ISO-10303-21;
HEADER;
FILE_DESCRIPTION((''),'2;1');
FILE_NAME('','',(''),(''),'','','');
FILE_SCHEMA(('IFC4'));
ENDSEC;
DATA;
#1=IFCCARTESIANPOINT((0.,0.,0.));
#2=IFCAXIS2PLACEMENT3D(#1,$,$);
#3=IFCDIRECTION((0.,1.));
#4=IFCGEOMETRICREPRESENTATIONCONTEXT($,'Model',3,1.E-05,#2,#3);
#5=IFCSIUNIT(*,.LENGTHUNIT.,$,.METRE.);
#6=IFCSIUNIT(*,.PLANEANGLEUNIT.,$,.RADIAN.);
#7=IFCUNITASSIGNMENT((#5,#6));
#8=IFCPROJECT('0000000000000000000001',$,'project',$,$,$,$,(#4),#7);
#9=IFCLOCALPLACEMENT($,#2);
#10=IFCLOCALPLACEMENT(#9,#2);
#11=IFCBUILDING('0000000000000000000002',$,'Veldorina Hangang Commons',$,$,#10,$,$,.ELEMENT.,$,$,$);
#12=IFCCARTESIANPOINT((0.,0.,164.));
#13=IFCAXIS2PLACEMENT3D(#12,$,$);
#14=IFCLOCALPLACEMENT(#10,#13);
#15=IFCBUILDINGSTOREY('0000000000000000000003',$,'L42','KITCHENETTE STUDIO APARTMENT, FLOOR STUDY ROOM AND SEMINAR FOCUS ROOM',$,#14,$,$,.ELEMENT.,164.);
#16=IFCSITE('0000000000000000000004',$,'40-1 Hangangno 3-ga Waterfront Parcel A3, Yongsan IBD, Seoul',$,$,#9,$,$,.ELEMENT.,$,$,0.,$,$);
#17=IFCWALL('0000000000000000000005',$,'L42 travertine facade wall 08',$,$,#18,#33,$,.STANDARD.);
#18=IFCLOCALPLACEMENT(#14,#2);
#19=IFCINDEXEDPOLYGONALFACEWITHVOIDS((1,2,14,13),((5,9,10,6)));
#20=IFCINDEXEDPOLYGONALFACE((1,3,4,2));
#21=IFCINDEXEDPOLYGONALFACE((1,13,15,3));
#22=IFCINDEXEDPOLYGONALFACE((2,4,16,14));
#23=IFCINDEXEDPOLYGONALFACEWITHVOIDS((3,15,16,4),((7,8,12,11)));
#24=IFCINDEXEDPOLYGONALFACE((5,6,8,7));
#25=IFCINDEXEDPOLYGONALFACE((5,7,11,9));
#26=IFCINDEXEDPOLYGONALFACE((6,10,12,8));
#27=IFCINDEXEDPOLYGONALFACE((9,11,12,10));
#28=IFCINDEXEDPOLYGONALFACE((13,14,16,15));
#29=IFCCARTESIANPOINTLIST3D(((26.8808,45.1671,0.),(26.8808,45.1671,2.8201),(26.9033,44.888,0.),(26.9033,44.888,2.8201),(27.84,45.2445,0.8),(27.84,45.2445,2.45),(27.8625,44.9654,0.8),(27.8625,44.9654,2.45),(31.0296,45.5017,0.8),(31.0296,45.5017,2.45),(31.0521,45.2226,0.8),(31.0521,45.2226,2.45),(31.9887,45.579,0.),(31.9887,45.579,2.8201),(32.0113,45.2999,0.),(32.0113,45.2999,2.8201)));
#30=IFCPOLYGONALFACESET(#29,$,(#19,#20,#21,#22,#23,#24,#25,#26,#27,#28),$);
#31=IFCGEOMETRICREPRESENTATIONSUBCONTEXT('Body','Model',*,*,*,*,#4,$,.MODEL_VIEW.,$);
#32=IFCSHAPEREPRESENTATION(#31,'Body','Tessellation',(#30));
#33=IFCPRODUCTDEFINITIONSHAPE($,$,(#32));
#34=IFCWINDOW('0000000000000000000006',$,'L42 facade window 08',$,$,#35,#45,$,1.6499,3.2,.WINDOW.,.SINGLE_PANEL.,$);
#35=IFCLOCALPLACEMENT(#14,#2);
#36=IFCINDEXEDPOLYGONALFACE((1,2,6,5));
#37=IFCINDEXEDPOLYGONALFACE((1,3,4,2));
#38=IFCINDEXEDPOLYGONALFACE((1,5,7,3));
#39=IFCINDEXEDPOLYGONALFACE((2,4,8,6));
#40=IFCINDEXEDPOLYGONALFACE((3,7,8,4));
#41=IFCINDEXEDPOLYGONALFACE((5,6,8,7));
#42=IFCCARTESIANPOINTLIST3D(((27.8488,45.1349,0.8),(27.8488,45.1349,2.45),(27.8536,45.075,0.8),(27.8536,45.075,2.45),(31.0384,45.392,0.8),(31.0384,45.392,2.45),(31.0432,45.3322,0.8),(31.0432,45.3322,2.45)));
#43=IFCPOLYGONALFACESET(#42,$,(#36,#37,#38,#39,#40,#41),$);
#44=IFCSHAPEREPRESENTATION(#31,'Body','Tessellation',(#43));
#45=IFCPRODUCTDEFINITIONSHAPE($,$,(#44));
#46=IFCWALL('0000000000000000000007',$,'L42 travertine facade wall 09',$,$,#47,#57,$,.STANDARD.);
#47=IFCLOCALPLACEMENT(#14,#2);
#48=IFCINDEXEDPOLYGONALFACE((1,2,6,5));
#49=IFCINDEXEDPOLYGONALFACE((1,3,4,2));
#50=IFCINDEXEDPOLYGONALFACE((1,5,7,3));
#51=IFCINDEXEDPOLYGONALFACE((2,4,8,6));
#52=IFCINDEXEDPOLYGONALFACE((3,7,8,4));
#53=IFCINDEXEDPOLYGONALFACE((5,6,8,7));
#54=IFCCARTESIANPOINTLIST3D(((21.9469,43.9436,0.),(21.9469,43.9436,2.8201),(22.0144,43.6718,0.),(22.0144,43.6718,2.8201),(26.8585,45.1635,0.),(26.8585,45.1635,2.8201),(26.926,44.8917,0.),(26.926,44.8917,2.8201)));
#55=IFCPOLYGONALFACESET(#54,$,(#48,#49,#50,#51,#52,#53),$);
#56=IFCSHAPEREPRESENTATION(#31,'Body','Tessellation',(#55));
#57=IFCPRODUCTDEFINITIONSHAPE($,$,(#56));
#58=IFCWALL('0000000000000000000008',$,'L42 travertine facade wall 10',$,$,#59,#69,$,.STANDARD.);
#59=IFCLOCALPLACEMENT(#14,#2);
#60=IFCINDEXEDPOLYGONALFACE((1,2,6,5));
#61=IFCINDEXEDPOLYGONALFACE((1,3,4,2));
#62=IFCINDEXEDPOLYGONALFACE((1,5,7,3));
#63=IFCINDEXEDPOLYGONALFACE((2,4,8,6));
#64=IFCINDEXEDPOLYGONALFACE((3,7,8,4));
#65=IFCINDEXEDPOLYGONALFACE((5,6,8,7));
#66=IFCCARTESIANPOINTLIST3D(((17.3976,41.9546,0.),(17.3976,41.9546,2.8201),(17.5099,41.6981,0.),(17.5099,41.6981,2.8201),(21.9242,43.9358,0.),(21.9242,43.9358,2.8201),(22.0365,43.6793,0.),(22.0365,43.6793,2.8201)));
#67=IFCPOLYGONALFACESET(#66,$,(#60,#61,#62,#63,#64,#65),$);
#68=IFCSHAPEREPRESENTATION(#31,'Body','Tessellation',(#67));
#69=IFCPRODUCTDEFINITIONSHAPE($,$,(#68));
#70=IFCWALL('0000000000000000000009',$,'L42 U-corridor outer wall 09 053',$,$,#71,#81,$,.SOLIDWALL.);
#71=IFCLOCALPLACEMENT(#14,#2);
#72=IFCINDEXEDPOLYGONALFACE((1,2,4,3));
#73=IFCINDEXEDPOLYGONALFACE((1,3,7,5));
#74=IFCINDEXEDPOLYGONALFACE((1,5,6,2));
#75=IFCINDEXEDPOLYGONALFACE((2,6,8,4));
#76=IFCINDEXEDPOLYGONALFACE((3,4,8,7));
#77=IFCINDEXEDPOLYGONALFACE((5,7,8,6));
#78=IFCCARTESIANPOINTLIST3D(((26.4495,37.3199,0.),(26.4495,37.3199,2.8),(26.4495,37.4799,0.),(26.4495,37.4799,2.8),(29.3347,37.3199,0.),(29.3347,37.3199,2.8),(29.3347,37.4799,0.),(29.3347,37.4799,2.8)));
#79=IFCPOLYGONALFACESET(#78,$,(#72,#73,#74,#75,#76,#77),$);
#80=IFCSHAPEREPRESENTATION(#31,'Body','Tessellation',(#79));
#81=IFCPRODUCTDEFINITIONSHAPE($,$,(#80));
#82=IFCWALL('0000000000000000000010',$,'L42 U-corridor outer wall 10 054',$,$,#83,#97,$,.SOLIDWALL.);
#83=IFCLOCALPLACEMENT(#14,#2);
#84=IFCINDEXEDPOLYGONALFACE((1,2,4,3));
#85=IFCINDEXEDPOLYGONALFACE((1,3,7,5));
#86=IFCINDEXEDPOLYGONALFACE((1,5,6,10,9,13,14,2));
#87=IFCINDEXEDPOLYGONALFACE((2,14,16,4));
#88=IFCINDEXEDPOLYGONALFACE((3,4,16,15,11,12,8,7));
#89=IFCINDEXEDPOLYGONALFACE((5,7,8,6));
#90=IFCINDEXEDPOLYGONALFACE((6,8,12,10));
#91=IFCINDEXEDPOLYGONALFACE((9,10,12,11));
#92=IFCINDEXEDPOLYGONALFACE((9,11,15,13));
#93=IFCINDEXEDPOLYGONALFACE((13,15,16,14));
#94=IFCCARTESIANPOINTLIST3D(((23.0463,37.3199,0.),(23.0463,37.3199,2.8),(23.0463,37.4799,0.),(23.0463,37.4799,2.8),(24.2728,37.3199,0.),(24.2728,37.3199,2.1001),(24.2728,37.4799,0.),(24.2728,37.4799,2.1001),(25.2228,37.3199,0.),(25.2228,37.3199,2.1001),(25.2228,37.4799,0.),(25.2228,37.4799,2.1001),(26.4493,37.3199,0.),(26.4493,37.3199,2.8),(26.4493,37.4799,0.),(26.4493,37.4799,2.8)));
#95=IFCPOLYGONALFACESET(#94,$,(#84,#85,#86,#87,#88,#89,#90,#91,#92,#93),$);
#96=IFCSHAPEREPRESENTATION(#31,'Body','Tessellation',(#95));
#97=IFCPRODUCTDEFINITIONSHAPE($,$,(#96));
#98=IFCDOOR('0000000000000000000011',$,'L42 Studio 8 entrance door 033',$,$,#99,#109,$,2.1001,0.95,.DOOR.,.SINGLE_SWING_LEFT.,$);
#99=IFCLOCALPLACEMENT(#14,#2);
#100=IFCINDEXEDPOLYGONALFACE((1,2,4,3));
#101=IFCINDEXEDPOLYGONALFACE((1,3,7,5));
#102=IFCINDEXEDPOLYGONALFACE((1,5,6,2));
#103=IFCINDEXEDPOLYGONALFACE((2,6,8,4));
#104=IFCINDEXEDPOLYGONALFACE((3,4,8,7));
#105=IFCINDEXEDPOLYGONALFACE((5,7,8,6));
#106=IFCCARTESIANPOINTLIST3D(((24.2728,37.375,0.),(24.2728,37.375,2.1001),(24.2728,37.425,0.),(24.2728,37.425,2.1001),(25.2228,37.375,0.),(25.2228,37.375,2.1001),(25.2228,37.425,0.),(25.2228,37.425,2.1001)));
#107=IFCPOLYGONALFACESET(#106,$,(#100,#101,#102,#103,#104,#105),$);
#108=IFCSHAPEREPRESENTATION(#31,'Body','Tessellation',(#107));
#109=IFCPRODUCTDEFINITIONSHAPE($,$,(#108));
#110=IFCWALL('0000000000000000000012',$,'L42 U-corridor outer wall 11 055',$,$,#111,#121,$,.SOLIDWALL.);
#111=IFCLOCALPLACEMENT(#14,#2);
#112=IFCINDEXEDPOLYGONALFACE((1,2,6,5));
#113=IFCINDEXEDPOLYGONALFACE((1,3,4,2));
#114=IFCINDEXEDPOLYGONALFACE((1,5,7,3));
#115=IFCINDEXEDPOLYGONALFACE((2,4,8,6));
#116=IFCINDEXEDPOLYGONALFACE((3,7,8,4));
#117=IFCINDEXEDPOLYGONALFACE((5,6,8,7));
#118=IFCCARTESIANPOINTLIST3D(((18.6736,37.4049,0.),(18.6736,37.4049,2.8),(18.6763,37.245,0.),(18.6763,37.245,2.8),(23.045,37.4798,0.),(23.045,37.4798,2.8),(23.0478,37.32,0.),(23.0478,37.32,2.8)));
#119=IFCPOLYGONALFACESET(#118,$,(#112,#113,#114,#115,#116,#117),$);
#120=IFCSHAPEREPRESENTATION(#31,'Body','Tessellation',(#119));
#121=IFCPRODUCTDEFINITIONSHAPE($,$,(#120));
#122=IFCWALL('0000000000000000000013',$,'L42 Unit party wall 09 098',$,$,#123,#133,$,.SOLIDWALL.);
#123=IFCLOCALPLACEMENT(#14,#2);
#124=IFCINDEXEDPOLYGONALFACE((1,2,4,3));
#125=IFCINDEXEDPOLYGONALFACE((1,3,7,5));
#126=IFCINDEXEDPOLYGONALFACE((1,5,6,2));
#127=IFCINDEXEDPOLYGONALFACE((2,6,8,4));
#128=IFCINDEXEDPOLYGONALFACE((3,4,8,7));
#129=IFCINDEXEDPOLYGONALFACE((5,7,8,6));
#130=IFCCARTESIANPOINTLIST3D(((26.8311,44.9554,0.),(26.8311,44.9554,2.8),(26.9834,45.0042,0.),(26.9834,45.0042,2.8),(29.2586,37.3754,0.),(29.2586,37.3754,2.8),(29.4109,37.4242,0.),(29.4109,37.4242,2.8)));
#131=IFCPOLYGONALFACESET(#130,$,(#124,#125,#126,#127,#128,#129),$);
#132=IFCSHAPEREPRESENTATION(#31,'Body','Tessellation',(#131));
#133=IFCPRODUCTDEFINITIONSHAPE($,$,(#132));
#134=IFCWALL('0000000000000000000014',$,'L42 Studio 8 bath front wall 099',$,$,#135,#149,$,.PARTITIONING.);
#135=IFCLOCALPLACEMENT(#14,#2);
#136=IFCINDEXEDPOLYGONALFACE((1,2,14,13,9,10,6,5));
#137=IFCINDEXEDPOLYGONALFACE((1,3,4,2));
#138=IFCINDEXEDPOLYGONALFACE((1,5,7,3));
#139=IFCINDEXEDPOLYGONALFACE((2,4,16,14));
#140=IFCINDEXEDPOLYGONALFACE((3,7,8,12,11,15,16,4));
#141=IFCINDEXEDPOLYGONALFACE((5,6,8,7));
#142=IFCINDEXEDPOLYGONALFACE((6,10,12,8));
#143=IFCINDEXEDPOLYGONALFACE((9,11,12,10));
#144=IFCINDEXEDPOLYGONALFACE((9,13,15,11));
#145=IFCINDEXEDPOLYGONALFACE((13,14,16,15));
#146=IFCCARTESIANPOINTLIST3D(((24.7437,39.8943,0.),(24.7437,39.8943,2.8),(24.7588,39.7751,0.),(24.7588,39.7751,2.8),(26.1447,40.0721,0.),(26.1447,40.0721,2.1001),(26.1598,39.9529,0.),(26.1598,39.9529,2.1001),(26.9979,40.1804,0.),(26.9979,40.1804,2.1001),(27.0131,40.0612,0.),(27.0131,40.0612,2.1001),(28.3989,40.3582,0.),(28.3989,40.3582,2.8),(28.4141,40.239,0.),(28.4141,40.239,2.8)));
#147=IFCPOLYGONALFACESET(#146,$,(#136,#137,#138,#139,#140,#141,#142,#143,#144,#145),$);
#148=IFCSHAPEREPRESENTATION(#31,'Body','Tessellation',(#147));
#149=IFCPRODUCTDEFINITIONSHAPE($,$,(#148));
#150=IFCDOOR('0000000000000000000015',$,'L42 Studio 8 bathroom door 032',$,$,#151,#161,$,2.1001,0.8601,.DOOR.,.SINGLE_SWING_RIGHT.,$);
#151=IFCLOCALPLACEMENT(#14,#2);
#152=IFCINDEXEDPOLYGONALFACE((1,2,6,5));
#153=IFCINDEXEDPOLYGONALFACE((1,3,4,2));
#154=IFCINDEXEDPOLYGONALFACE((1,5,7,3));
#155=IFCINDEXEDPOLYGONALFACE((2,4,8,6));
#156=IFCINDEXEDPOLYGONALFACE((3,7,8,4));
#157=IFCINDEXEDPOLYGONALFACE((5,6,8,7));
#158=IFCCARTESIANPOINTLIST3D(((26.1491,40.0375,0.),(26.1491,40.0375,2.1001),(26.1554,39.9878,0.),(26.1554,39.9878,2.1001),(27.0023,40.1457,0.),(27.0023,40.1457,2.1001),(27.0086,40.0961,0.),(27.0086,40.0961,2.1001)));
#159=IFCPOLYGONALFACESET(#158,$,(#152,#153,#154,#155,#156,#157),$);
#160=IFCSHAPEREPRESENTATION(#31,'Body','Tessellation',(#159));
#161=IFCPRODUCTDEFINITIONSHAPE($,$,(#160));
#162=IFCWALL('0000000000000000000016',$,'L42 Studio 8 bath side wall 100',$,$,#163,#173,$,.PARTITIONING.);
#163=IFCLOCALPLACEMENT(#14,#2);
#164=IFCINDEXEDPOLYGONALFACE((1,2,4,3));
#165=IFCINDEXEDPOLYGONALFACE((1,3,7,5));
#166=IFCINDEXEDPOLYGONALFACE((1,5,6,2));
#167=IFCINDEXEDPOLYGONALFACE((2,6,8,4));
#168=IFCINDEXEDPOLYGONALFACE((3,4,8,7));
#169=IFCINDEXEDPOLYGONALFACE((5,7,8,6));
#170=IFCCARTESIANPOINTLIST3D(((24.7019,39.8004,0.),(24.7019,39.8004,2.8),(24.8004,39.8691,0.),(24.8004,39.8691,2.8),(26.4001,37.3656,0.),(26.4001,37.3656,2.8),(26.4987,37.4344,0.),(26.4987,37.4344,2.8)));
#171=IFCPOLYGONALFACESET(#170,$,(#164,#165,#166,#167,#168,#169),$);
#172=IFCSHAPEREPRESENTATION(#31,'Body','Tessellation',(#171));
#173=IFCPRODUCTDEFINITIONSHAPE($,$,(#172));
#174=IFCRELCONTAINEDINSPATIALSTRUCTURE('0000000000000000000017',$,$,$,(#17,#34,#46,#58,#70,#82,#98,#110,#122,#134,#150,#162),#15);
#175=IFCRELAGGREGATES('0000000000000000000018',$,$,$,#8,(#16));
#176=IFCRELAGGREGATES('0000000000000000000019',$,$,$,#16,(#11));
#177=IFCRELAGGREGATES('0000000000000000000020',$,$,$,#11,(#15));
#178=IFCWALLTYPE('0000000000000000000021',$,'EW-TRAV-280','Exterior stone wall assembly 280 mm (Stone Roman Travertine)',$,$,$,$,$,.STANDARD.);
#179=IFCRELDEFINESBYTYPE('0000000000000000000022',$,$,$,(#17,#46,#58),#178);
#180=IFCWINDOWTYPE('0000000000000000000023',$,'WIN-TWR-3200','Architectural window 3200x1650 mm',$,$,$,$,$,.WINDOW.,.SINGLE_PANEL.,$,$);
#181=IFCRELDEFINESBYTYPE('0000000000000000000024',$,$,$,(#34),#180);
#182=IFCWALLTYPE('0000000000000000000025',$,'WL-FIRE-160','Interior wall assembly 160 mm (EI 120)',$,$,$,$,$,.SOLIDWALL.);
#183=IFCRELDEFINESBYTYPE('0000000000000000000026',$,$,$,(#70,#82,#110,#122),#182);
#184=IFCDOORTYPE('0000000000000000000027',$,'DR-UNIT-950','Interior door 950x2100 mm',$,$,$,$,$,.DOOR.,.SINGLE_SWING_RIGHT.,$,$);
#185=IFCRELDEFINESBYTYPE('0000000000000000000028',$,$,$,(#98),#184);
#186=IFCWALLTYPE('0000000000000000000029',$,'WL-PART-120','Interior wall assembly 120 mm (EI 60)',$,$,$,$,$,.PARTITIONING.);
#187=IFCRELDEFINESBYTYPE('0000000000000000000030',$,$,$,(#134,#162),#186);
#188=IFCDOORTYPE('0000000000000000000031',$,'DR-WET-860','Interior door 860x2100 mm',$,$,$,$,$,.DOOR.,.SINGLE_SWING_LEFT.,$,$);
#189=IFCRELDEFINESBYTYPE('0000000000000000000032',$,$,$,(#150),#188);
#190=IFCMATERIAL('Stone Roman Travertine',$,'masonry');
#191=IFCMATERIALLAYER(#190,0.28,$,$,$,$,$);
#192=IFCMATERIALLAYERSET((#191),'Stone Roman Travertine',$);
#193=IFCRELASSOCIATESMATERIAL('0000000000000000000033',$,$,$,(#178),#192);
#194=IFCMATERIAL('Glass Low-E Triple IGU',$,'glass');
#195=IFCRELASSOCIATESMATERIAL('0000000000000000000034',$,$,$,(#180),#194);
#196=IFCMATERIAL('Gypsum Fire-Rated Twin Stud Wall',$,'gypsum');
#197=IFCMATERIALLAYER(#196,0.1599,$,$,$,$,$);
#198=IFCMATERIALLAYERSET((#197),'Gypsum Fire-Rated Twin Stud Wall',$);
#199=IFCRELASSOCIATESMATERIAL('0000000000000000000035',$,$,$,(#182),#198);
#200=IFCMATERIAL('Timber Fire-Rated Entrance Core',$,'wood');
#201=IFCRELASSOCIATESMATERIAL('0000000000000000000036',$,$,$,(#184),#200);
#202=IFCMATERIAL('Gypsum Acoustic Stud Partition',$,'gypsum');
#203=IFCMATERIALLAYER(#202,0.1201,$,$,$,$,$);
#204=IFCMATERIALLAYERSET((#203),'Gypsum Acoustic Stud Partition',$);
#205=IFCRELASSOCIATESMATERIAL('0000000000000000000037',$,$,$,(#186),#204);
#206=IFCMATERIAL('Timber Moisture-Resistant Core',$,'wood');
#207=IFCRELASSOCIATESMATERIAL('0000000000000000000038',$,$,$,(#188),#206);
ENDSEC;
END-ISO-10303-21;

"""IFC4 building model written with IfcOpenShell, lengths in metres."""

from ifc_helpers import new_model, si_unit, direction, frame, frame_2d, origin, place, context, subcontext, project, spatial, rectangle, extrude, material, layer, layer_set, type_object, element, fill, save


model = new_model("IFC4")

# Units and contexts
model_context = context("Model", 3, precision=1e-05, world=origin(), true_north=direction((0.0, 1.0)))
body_context = subcontext(model_context, "Body", "Model", "MODEL_VIEW")
ifc_project = project(units=[si_unit("LENGTHUNIT", "METRE"), si_unit("PLANEANGLEUNIT", "RADIAN")], contexts=[model_context])

# Site, building, storey
site_placement = place(None, origin())
site = spatial("IfcSite", under=ifc_project, at=site_placement, Name="40-1 Hangangno 3-ga Waterfront Parcel A3, Yongsan IBD, Seoul", CompositionType="ELEMENT", RefElevation=0.0)
building_placement = place(site_placement, origin())
building = spatial("IfcBuilding", under=site, at=building_placement, Name="Veldorina Hangang Commons", CompositionType="ELEMENT")
storey_placement = place(building_placement, frame((0.0, 0.0, 164.0)))
storey = spatial("IfcBuildingStorey", under=building, at=storey_placement, Name="L42", Description="KITCHENETTE STUDIO APARTMENT, FLOOR STUDY ROOM AND SEMINAR FOCUS ROOM", CompositionType="ELEMENT", Elevation=164.0)

# Wall, opening, window
ifc_material_1 = material(Name="Stone Roman Travertine", Category="masonry")
ifc_layer_1 = layer(ifc_material_1, 0.28)
ifc_layer_set_1 = layer_set([ifc_layer_1], Name="Stone Roman Travertine")
wall_type_1 = type_object("IfcWallType", Name="EW-TRAV-280", Description="Exterior stone wall assembly 280 mm (Stone Roman Travertine)", PredefinedType="STANDARD", material=ifc_layer_set_1)
wall_1_placement = place(storey_placement, frame((32.0, 45.4395, 0.0), z_axis=(0.0, 0.0, 1.0), x_axis=(-0.996765, -0.080372, 0.0)))
wall_1 = element("IfcWall", 1, at=wall_1_placement, inside=storey, type_object=wall_type_1, Name="L42 travertine facade wall 08", PredefinedType="STANDARD", context=body_context, shape_type="SweptSolid", body=[
    extrude(rectangle(XDim=5.1245, YDim=0.28, at=frame_2d((2.5623, 0.0))), origin(), (0.0, 0.0, 1.0), 2.8201),
])
opening_1_placement = place(wall_1_placement, frame((0.9622, 0.0, 0.8)))
opening_1 = element("IfcOpeningElement", 2, at=opening_1_placement, cuts=wall_1, PredefinedType="OPENING", context=body_context, shape_type="SweptSolid", body=[
    extrude(rectangle(XDim=3.2, YDim=1.6499, at=frame_2d((1.6001, 0.825))), frame((0.0, 0.1499, 0.0), z_axis=(0.0, -1.0, 0.0), x_axis=(1.0, 0.0, 0.0)), (0.0, 0.0, 1.0), 0.3),
])
ifc_material_2 = material(Name="Glass Low-E Triple IGU", Category="glass")
window_type = type_object("IfcWindowType", Name="WIN-TWR-3200", Description="Architectural window 3200x1650 mm", PartitioningType="SINGLE_PANEL", PredefinedType="WINDOW", material=ifc_material_2)
window_placement = place(opening_1_placement, origin())
window = element("IfcWindow", 3, at=window_placement, inside=storey, type_object=window_type, Name="L42 facade window 08", OverallHeight=1.6499, OverallWidth=3.2, PartitioningType="SINGLE_PANEL", PredefinedType="WINDOW", context=body_context, shape_type="SweptSolid", body=[
    extrude(rectangle(XDim=3.2, YDim=1.6499, at=frame_2d((1.6001, 0.825))), frame((0.0, 0.03, 0.0), z_axis=(0.0, -1.0, 0.0), x_axis=(1.0, 0.0, 0.0)), (0.0, 0.0, 1.0), 0.0601),
])
fill(opening_1, window)

# Walls
wall_2_placement = place(storey_placement, frame((26.8921, 45.0276, 0.0), z_axis=(0.0, 0.0, 1.0), x_axis=(-0.97051, -0.24106, 0.0)))
element("IfcWall", 4, at=wall_2_placement, inside=storey, type_object=wall_type_1, Name="L42 travertine facade wall 09", PredefinedType="STANDARD", context=body_context, shape_type="SweptSolid", body=[
    extrude(rectangle(XDim=5.0608, YDim=0.28, at=frame_2d((2.5303, 0.0))), origin(), (0.0, 0.0, 1.0), 2.8201),
])
wall_3_placement = place(storey_placement, frame((21.9805, 43.8076, 0.0), z_axis=(0.0, 0.0, 1.0), x_axis=(-0.916097, -0.400956, 0.0)))
element("IfcWall", 5, at=wall_3_placement, inside=storey, type_object=wall_type_1, Name="L42 travertine facade wall 10", PredefinedType="STANDARD", context=body_context, shape_type="SweptSolid", body=[
    extrude(rectangle(XDim=4.9412, YDim=0.28, at=frame_2d((2.4707, 0.0))), origin(), (0.0, 0.0, 1.0), 2.8201),
])
ifc_material_3 = material(Name="Gypsum Fire-Rated Twin Stud Wall", Category="gypsum")
ifc_layer_2 = layer(ifc_material_3, 0.1599)
ifc_layer_set_2 = layer_set([ifc_layer_2], Name="Gypsum Fire-Rated Twin Stud Wall")
wall_type_2 = type_object("IfcWallType", Name="WL-FIRE-160", Description="Interior wall assembly 160 mm (EI 120)", PredefinedType="SOLIDWALL", material=ifc_layer_set_2)
wall_4_placement = place(storey_placement, frame((29.3347, 37.3999, 0.0), z_axis=(0.0, 0.0, 1.0), x_axis=(-1.0, 0.0, 0.0)))
element("IfcWall", 6, at=wall_4_placement, inside=storey, type_object=wall_type_2, Name="L42 U-corridor outer wall 09 053", PredefinedType="SOLIDWALL", context=body_context, shape_type="SweptSolid", body=[
    extrude(rectangle(XDim=2.8853, YDim=0.1599, at=frame_2d((1.4426, 0.0))), origin(), (0.0, 0.0, 1.0), 2.8),
])

# Wall, opening, door
wall_5_placement = place(storey_placement, frame((26.4495, 37.3999, 0.0), z_axis=(0.0, 0.0, 1.0), x_axis=(-1.0, 0.0, 0.0)))
wall_5 = element("IfcWall", 7, at=wall_5_placement, inside=storey, type_object=wall_type_2, Name="L42 U-corridor outer wall 10 054", PredefinedType="SOLIDWALL", context=body_context, shape_type="SweptSolid", body=[
    extrude(rectangle(XDim=3.4031, YDim=0.1599, at=frame_2d((1.7017, 0.0))), origin(), (0.0, 0.0, 1.0), 2.8),
])
opening_2_placement = place(wall_5_placement, frame((1.2266, 0.0, 0.0)))
opening_2 = element("IfcOpeningElement", 8, at=opening_2_placement, cuts=wall_5, PredefinedType="OPENING", context=body_context, shape_type="SweptSolid", body=[
    extrude(rectangle(XDim=0.95, YDim=2.1001, at=frame_2d((0.4751, 1.05))), frame((0.0, 0.0898, 0.0), z_axis=(0.0, -1.0, 0.0), x_axis=(1.0, 0.0, 0.0)), (0.0, 0.0, 1.0), 0.1799),
])
ifc_material_4 = material(Name="Timber Fire-Rated Entrance Core", Category="wood")
door_type_1 = type_object("IfcDoorType", Name="DR-UNIT-950", Description="Interior door 950x2100 mm", OperationType="SINGLE_SWING_RIGHT", PredefinedType="DOOR", material=ifc_material_4)
door_1_placement = place(opening_2_placement, origin())
door_1 = element("IfcDoor", 9, at=door_1_placement, inside=storey, type_object=door_type_1, Name="L42 Studio 8 entrance door 033", OperationType="SINGLE_SWING_LEFT", OverallHeight=2.1001, OverallWidth=0.95, PredefinedType="DOOR", context=body_context, shape_type="SweptSolid", body=[
    extrude(rectangle(XDim=0.95, YDim=2.1001, at=frame_2d((0.4751, 1.05))), frame((0.0, 0.0249, 0.0), z_axis=(0.0, -1.0, 0.0), x_axis=(1.0, 0.0, 0.0)), (0.0, 0.0, 1.0), 0.05),
])
fill(opening_2, door_1)

# Walls
wall_6_placement = place(storey_placement, frame((23.0464, 37.3999, 0.0), z_axis=(0.0, 0.0, 1.0), x_axis=(-0.999853, -0.017144, 0.0)))
element("IfcWall", 10, at=wall_6_placement, inside=storey, type_object=wall_type_2, Name="L42 U-corridor outer wall 11 055", PredefinedType="SOLIDWALL", context=body_context, shape_type="SweptSolid", body=[
    extrude(rectangle(XDim=4.3721, YDim=0.1599, at=frame_2d((2.186, 0.0))), origin(), (0.0, 0.0, 1.0), 2.8),
])
wall_7_placement = place(storey_placement, frame((29.3347, 37.3999, 0.0), z_axis=(0.0, 0.0, 1.0), x_axis=(-0.304988, 0.952356, 0.0)))
element("IfcWall", 11, at=wall_7_placement, inside=storey, type_object=wall_type_2, Name="L42 Unit party wall 09 098", PredefinedType="SOLIDWALL", context=body_context, shape_type="SweptSolid", body=[
    extrude(rectangle(XDim=7.9592, YDim=0.1599, at=frame_2d((3.9795, 0.0))), origin(), (0.0, 0.0, 1.0), 2.8),
])

# Wall, opening, door
ifc_material_5 = material(Name="Gypsum Acoustic Stud Partition", Category="gypsum")
ifc_layer_3 = layer(ifc_material_5, 0.1201)
ifc_layer_set_3 = layer_set([ifc_layer_3], Name="Gypsum Acoustic Stud Partition")
wall_type_3 = type_object("IfcWallType", Name="WL-PART-120", Description="Interior wall assembly 120 mm (EI 60)", PredefinedType="PARTITIONING", material=ifc_layer_set_3)
wall_8_placement = place(storey_placement, frame((28.4065, 40.2986, 0.0), z_axis=(0.0, 0.0, 1.0), x_axis=(-0.992044, -0.125894, 0.0)))
wall_8 = element("IfcWall", 12, at=wall_8_placement, inside=storey, type_object=wall_type_3, Name="L42 Studio 8 bath front wall 099", PredefinedType="PARTITIONING", context=body_context, shape_type="SweptSolid", body=[
    extrude(rectangle(XDim=3.6846, YDim=0.1201, at=frame_2d((1.8423, 0.0))), origin(), (0.0, 0.0, 1.0), 2.8),
])
opening_3_placement = place(wall_8_placement, frame((1.4121, 0.0, 0.0)))
opening_3 = element("IfcOpeningElement", 13, at=opening_3_placement, cuts=wall_8, PredefinedType="OPENING", context=body_context, shape_type="SweptSolid", body=[
    extrude(rectangle(XDim=0.8601, YDim=2.1001, at=frame_2d((0.4302, 1.05))), frame((0.0, 0.0701, 0.0), z_axis=(0.0, -1.0, 0.0), x_axis=(1.0, 0.0, 0.0)), (0.0, 0.0, 1.0), 0.1401),
])
ifc_material_6 = material(Name="Timber Moisture-Resistant Core", Category="wood")
door_type_2 = type_object("IfcDoorType", Name="DR-WET-860", Description="Interior door 860x2100 mm", OperationType="SINGLE_SWING_LEFT", PredefinedType="DOOR", material=ifc_material_6)
door_2_placement = place(opening_3_placement, origin())
door_2 = element("IfcDoor", 14, at=door_2_placement, inside=storey, type_object=door_type_2, Name="L42 Studio 8 bathroom door 032", OperationType="SINGLE_SWING_RIGHT", OverallHeight=2.1001, OverallWidth=0.8601, PredefinedType="DOOR", context=body_context, shape_type="SweptSolid", body=[
    extrude(rectangle(XDim=0.8601, YDim=2.1001, at=frame_2d((0.4302, 1.05))), frame((0.0, 0.0249, 0.0), z_axis=(0.0, -1.0, 0.0), x_axis=(1.0, 0.0, 0.0)), (0.0, 0.0, 1.0), 0.05),
])
fill(opening_3, door_2)

# Wall
wall_9_placement = place(storey_placement, frame((26.4495, 37.3999, 0.0), z_axis=(0.0, 0.0, 1.0), x_axis=(-0.572076, 0.820201, 0.0)))
element("IfcWall", 15, at=wall_9_placement, inside=storey, type_object=wall_type_3, Name="L42 Studio 8 bath side wall 100", PredefinedType="PARTITIONING", context=body_context, shape_type="SweptSolid", body=[
    extrude(rectangle(XDim=2.9685, YDim=0.1201, at=frame_2d((1.4844, 0.0))), origin(), (0.0, 0.0, 1.0), 2.8),
])

save(model, "model.ifc")
